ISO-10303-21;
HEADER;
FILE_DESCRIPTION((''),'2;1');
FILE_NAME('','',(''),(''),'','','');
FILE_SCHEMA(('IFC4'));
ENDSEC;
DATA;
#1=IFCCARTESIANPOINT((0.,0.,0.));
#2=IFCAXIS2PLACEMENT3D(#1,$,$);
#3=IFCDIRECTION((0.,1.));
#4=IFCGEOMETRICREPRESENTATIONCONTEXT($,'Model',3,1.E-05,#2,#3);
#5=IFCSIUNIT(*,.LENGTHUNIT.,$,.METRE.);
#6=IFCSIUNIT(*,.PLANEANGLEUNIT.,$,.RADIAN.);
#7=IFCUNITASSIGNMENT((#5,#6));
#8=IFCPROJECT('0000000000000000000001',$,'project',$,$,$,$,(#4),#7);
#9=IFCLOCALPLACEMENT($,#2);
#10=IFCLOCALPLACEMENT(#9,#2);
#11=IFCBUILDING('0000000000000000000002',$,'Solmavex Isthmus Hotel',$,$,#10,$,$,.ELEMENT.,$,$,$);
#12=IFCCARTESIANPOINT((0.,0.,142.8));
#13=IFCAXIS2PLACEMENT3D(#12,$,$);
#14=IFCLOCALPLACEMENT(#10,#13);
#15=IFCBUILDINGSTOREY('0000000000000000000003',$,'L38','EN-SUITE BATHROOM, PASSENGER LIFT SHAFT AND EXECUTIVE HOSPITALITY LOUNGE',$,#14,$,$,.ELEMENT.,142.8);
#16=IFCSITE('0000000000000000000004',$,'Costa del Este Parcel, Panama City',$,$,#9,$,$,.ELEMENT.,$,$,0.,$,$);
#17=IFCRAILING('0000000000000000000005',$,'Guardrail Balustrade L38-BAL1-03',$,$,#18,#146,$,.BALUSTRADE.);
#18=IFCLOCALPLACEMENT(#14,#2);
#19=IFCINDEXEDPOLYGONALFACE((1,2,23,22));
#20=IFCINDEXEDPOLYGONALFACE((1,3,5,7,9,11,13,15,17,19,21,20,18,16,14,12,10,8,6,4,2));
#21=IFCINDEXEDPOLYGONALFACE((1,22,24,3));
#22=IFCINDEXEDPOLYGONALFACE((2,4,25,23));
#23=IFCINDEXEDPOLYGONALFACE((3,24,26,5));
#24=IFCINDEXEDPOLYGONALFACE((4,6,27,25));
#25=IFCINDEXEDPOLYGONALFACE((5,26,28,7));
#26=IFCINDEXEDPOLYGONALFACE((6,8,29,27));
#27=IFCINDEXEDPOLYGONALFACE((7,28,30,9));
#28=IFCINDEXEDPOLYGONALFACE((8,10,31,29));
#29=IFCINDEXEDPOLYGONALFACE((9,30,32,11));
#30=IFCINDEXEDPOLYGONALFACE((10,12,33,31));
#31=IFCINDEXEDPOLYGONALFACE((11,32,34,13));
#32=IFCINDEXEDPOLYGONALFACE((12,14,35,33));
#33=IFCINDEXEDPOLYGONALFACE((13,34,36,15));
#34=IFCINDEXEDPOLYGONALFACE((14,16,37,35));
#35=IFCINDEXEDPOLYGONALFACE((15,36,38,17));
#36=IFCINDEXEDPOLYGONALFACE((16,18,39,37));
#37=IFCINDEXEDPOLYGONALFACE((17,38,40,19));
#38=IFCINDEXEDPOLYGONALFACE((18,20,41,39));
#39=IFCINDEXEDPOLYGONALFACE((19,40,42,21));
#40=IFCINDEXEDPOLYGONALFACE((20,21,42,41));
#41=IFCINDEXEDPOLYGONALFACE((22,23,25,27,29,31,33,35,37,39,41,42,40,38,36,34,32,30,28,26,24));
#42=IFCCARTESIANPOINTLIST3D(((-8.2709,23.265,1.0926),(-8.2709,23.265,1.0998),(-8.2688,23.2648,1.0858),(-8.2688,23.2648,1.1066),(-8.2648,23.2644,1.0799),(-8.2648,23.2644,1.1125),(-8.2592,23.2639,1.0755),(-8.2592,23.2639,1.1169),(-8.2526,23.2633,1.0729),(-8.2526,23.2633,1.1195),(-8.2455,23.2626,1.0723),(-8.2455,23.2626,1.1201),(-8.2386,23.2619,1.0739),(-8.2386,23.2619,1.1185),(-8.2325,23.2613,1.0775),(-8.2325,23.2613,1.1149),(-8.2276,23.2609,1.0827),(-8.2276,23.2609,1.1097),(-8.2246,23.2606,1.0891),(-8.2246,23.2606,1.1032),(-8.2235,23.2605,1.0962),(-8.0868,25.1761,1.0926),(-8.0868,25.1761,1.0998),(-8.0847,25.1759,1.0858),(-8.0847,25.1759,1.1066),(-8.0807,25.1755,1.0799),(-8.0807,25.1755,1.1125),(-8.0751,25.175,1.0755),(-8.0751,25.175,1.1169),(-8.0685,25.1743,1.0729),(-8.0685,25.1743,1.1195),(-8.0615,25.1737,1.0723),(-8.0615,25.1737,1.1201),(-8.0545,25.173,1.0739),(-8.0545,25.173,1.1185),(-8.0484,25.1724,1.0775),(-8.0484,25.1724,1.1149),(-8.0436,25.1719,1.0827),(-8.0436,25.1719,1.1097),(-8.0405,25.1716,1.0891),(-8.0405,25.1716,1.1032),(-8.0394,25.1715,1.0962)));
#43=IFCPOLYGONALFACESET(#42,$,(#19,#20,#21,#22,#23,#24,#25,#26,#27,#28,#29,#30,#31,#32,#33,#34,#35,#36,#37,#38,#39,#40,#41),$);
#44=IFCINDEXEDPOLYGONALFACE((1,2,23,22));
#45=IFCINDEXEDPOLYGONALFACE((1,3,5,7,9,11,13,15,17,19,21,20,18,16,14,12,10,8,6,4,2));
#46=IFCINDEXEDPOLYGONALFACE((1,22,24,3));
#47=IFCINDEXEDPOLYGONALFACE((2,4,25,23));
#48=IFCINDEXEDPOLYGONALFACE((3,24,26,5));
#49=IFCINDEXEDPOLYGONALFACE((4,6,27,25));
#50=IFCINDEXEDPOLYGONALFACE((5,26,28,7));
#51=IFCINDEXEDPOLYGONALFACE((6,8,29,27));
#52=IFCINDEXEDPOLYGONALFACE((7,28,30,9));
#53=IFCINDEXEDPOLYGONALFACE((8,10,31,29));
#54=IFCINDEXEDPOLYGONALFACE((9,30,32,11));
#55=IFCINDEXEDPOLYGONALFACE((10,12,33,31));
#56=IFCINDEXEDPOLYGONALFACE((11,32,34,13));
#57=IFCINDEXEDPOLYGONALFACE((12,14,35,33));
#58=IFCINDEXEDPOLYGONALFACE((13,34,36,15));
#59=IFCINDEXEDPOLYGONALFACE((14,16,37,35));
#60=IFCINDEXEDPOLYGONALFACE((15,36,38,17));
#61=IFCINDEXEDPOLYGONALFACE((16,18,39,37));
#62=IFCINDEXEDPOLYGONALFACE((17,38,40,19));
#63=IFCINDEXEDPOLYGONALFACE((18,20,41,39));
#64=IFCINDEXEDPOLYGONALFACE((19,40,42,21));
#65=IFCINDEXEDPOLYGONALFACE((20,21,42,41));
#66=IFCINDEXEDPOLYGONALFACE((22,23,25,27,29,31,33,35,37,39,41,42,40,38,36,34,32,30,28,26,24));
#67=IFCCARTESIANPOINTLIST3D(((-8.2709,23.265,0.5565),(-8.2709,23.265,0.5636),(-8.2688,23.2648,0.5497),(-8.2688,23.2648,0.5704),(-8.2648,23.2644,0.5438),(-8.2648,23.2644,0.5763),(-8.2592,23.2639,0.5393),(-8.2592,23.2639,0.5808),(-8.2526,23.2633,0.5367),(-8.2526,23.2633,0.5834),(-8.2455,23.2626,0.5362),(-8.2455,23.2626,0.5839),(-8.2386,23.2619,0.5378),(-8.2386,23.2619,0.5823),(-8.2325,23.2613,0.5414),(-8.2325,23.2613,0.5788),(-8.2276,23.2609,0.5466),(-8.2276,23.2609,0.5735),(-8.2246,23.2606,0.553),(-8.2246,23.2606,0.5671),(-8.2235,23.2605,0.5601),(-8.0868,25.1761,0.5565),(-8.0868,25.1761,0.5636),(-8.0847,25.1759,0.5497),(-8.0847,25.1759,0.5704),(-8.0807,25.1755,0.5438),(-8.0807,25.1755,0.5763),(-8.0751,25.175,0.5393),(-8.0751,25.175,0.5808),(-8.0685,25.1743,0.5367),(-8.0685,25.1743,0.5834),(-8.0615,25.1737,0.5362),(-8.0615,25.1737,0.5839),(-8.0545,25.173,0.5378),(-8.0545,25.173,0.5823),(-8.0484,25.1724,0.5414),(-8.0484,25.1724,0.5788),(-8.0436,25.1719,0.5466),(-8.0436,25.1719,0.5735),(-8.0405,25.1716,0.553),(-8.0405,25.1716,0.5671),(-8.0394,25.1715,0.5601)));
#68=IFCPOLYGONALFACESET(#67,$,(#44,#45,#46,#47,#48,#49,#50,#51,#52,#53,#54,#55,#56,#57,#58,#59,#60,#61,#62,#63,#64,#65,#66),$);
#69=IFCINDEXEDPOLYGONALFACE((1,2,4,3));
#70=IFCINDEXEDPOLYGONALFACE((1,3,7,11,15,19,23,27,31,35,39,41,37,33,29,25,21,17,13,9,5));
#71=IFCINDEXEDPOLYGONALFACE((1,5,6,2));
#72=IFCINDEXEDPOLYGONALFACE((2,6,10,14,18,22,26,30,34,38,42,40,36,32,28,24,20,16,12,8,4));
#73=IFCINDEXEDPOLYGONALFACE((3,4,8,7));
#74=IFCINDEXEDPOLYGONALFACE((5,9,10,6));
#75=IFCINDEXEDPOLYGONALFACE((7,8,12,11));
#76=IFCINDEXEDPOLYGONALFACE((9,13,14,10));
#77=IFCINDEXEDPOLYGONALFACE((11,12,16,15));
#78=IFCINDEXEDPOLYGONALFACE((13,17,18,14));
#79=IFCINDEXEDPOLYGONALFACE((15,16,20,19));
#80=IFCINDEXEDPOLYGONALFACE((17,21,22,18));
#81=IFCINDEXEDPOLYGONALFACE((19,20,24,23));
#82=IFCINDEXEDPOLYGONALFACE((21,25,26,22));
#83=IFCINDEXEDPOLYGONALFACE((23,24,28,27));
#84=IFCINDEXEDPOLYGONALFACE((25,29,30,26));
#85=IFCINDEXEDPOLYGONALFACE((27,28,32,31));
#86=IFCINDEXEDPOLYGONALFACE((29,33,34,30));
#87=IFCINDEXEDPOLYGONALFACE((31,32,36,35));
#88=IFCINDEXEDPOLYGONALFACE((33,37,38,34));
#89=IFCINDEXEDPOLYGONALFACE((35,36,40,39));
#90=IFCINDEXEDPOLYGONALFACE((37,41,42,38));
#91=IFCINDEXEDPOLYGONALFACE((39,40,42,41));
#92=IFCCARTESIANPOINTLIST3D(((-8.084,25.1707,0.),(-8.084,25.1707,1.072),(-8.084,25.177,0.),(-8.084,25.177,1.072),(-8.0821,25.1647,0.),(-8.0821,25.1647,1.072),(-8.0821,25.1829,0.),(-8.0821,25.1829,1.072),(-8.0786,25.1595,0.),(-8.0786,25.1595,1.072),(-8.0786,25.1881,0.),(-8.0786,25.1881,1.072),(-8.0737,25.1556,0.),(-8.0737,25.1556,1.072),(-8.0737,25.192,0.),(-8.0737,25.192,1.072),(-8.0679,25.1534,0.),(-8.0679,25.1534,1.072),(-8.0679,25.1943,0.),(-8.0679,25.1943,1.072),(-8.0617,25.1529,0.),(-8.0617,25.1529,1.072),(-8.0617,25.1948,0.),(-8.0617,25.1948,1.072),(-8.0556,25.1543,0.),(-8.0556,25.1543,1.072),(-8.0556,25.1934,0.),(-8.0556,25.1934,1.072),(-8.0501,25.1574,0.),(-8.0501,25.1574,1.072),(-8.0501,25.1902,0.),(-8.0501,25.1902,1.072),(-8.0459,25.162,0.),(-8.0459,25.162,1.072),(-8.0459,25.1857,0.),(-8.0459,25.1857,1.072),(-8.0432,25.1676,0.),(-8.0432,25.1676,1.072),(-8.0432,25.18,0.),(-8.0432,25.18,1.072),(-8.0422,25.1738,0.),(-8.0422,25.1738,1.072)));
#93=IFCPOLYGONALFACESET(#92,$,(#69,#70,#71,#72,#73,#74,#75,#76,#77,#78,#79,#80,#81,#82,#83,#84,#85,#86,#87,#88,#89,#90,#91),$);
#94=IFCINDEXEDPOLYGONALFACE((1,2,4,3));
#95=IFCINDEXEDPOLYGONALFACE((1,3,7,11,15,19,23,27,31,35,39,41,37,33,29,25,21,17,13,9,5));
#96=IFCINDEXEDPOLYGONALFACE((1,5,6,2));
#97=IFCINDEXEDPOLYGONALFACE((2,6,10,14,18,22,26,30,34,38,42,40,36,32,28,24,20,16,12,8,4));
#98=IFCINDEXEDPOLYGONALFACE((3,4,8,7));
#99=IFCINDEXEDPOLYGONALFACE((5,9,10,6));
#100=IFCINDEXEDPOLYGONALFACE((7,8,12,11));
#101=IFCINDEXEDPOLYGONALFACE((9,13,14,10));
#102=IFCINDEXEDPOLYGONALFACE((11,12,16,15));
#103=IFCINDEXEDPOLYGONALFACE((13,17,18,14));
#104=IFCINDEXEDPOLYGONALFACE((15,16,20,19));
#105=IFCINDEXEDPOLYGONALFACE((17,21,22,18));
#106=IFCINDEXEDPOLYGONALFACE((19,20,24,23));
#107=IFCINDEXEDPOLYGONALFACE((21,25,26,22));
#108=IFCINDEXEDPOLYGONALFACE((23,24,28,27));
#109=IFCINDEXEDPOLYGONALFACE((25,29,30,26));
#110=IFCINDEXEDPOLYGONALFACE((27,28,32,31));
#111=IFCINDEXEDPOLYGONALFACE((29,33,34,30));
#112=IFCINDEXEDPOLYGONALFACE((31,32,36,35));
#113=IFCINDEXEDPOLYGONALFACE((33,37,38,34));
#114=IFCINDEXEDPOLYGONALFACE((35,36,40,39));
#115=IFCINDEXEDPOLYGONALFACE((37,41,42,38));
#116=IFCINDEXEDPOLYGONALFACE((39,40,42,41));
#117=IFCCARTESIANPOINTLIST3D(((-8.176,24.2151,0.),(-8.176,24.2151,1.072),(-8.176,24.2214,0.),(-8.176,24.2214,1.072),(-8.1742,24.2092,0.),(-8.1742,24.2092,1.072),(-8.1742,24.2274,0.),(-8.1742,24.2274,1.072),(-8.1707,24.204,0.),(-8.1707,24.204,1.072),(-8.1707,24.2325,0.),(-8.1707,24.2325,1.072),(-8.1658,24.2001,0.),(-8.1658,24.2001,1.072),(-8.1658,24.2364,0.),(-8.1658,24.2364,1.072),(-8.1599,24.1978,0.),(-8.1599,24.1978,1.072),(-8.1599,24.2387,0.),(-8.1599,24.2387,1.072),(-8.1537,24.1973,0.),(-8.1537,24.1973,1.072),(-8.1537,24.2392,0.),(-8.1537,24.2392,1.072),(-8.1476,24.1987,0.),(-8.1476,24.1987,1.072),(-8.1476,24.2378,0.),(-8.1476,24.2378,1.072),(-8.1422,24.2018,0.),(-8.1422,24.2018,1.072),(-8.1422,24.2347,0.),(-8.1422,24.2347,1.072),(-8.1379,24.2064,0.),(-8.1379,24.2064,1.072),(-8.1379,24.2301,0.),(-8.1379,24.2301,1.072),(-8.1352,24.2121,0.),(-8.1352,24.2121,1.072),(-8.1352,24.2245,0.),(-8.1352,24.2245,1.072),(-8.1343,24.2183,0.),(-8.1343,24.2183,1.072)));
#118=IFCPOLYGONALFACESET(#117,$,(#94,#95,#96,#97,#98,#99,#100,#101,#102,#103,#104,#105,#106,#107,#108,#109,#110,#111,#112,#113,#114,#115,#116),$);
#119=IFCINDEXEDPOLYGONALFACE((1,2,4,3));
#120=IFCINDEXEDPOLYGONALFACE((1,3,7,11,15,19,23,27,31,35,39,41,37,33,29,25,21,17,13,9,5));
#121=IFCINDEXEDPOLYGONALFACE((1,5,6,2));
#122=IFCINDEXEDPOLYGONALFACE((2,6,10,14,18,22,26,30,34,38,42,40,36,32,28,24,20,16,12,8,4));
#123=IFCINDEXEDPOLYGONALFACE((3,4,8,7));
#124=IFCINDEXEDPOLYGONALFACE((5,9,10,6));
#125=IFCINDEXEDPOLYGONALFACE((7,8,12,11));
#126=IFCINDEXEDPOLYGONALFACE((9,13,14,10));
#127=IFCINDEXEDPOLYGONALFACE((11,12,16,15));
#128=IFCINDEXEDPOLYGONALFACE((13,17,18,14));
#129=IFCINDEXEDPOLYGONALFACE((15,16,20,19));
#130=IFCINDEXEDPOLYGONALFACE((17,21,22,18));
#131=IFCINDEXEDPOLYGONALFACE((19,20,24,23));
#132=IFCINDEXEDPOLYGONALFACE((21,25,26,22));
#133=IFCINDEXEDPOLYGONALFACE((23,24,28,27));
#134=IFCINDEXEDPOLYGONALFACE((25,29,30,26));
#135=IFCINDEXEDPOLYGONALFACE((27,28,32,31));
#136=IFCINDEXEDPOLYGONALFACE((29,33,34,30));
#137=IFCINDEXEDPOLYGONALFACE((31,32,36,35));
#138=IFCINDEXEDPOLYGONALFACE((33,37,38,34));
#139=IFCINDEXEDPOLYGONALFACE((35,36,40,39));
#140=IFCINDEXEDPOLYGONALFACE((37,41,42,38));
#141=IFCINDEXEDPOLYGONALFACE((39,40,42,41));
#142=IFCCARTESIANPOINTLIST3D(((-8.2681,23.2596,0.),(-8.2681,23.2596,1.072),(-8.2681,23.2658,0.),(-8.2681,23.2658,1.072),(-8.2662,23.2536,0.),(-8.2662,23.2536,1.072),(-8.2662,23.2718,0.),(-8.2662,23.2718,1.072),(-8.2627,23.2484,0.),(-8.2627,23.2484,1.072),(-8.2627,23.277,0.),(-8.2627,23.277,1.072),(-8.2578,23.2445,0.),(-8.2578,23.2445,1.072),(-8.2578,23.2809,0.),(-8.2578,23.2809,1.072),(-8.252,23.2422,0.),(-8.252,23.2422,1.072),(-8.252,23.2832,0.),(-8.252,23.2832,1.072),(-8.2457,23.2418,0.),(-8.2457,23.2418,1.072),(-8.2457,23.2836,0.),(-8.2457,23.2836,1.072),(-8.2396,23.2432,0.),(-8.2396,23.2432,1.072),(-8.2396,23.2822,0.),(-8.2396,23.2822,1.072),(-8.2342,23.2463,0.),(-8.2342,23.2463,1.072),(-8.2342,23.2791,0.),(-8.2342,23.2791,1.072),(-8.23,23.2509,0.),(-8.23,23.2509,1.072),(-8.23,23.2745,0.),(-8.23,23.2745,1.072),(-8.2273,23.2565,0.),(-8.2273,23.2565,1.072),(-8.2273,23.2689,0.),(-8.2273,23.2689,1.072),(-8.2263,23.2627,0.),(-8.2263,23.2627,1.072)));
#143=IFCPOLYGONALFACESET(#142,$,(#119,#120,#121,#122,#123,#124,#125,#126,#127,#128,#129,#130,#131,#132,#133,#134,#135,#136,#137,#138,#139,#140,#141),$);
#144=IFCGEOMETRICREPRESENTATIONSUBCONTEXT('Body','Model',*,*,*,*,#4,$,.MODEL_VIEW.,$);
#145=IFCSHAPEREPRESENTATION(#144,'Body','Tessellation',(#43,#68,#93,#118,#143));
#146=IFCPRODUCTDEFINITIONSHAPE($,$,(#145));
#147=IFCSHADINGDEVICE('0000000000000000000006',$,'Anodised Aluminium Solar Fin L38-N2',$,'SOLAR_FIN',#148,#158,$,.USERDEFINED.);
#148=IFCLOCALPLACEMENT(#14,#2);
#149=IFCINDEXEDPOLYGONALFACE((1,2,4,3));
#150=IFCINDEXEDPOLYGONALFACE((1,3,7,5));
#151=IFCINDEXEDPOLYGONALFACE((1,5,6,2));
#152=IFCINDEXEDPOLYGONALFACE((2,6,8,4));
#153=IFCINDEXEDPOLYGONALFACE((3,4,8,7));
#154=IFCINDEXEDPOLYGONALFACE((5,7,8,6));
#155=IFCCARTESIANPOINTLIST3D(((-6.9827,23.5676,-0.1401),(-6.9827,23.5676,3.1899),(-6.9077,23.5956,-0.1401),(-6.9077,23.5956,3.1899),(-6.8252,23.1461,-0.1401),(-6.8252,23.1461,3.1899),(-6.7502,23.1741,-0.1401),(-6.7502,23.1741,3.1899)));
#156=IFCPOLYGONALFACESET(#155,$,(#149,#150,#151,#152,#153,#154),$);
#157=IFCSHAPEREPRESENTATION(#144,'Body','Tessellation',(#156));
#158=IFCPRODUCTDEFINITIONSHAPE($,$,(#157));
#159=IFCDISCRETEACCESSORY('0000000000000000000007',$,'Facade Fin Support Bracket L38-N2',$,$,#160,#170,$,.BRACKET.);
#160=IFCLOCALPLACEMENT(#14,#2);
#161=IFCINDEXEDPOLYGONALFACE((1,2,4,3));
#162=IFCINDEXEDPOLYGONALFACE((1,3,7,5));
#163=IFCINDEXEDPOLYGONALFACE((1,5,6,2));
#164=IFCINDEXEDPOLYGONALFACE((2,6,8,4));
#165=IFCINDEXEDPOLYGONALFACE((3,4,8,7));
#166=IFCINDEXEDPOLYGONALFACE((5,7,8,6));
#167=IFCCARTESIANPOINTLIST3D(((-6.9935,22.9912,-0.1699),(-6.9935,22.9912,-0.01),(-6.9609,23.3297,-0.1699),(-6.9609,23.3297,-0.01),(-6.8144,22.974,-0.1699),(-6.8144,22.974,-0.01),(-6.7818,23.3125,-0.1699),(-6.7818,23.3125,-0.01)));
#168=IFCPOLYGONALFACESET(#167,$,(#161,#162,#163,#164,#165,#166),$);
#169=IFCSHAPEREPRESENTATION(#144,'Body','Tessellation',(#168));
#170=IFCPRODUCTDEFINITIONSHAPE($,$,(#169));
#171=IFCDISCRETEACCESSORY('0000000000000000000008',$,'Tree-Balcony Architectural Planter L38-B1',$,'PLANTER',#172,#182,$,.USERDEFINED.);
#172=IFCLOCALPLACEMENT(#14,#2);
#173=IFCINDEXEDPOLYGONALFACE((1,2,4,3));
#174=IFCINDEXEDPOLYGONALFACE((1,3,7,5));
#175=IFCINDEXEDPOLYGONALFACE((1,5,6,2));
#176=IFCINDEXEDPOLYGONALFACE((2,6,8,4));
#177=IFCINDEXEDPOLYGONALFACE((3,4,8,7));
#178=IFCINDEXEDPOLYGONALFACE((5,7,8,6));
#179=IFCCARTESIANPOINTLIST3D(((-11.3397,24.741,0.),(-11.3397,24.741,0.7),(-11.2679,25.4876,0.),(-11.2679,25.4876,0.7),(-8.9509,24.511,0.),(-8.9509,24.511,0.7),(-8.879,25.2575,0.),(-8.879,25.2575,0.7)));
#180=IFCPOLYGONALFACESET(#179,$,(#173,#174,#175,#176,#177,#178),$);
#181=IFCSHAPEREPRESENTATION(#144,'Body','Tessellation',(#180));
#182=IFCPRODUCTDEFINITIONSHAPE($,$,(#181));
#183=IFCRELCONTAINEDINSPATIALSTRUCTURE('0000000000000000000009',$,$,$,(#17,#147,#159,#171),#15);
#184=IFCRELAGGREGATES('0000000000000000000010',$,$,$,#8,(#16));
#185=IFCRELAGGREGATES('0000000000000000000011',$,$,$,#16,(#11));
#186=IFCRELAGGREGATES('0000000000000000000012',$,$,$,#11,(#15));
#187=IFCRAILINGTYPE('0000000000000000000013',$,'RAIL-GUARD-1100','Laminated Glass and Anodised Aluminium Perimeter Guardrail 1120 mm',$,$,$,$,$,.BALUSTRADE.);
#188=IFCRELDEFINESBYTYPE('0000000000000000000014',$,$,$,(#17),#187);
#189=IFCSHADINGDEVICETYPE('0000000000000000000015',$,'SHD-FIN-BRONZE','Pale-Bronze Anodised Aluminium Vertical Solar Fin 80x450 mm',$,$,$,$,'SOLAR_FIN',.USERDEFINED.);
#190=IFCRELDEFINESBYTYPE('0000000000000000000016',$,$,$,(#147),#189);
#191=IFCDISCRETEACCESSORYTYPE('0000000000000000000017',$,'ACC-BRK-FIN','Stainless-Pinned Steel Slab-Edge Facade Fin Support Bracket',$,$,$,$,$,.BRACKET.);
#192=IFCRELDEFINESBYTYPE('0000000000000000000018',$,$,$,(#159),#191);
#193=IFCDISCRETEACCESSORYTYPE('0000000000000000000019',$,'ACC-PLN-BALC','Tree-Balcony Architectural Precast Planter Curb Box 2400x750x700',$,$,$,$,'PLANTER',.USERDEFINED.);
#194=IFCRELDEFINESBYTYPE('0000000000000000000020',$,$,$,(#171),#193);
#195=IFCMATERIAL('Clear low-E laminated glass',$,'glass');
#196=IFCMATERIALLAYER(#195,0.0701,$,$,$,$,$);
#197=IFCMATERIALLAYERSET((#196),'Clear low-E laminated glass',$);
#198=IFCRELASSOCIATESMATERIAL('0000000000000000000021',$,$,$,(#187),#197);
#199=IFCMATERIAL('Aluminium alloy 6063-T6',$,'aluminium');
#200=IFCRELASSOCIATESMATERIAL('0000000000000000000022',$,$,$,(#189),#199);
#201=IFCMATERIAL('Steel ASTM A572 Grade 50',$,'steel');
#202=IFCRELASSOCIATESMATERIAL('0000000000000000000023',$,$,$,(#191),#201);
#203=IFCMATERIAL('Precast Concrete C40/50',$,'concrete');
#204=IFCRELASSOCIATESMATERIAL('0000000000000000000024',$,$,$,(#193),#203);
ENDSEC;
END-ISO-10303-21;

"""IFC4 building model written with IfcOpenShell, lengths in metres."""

from ifc_helpers import new_model, si_unit, direction, frame, origin, origin_2d, place, context, subcontext, project, spatial, rectangle, circle, extrude, material, layer, layer_set, type_object, element, save


model = new_model("IFC4")

# Units and contexts
model_context = context("Model", 3, precision=1e-05, world=origin(), true_north=direction((0.0, 1.0)))
body_context = subcontext(model_context, "Body", "Model", "MODEL_VIEW")
ifc_project = project(units=[si_unit("LENGTHUNIT", "METRE"), si_unit("PLANEANGLEUNIT", "RADIAN")], contexts=[model_context])

# Site, building, storey
site_placement = place(None, origin())
site = spatial("IfcSite", under=ifc_project, at=site_placement, Name="Costa del Este Parcel, Panama City", CompositionType="ELEMENT", RefElevation=0.0)
building_placement = place(site_placement, origin())
building = spatial("IfcBuilding", under=site, at=building_placement, Name="Solmavex Isthmus Hotel", CompositionType="ELEMENT")
storey_placement = place(building_placement, frame((0.0, 0.0, 142.8)))
storey = spatial("IfcBuildingStorey", under=building, at=storey_placement, Name="L38", Description="EN-SUITE BATHROOM, PASSENGER LIFT SHAFT AND EXECUTIVE HOSPITALITY LOUNGE", CompositionType="ELEMENT", Elevation=142.8)

# Shared definitions
ifc_material_1 = material(Name="Aluminium alloy 6063-T6", Category="aluminium")

# Shared definitions
ifc_material_2 = material(Name="Clear low-E laminated glass", Category="glass")

# Shared definitions
ifc_material_3 = material(Name="Precast Concrete C40/50", Category="concrete")

# Railing
ifc_layer_1 = layer(ifc_material_2, 0.0701)
ifc_layer_set_1 = layer_set([ifc_layer_1], Name="Clear low-E laminated glass")
railing_type = type_object("IfcRailingType", Name="RAIL-GUARD-1100", Description="Laminated Glass and Anodised Aluminium Perimeter Guardrail 1120 mm", PredefinedType="BALUSTRADE", material=ifc_layer_set_1)
railing_1_placement = place(storey_placement, frame((-8.0632, 25.1738, 0.0)))
element("IfcRailing", 1, at=railing_1_placement, inside=storey, type_object=railing_type, Name="Guardrail Balustrade L38-BAL1-03", PredefinedType="BALUSTRADE", context=body_context, shape_type="SweptSolid", body=[
    extrude(circle(Radius=0.0239, at=origin_2d()), frame((0.0, 0.0, 1.0962), z_axis=(-0.095877, -0.995393, 0.0), x_axis=(0.995393, -0.095877, 0.0)), (0.0, 0.0, 1.0), 1.9199),
    extrude(circle(Radius=0.0239, at=origin_2d()), frame((0.0, 0.0, 0.5601), z_axis=(-0.095877, -0.995393, 0.0), x_axis=(0.995393, -0.095877, 0.0)), (0.0, 0.0, 1.0), 1.9199),
    extrude(circle(Radius=0.021, at=origin_2d()), origin(), (0.0, 0.0, 1.0), 1.072),
    extrude(circle(Radius=0.021, at=origin_2d()), frame((-0.092, -0.9556, 0.0)), (0.0, 0.0, 1.0), 1.072),
    extrude(circle(Radius=0.021, at=origin_2d()), frame((-0.1841, -1.9111, 0.0)), (0.0, 0.0, 1.0), 1.072),
])

# Shading device
shading_device_type = type_object("IfcShadingDeviceType", Name="SHD-FIN-BRONZE", Description="Pale-Bronze Anodised Aluminium Vertical Solar Fin 80x450 mm", ElementType="SOLAR_FIN", PredefinedType="USERDEFINED", material=ifc_material_1)
shading_device_placement = place(storey_placement, frame((-6.8665, 23.3708, -0.1401), z_axis=(0.0, 0.0, 1.0), x_axis=(-0.350207, 0.936672, 0.0)))
element("IfcShadingDevice", 2, at=shading_device_placement, inside=storey, type_object=shading_device_type, Name="Anodised Aluminium Solar Fin L38-N2", ObjectType="SOLAR_FIN", PredefinedType="USERDEFINED", context=body_context, shape_type="SweptSolid", body=[
    extrude(rectangle(XDim=0.45, YDim=0.0801, at=origin_2d()), origin(), (0.0, 0.0, 1.0), 3.3301),
])

# Discrete accessories
ifc_material_4 = material(Name="Steel ASTM A572 Grade 50", Category="steel")
discrete_accessory_type_1 = type_object("IfcDiscreteAccessoryType", Name="ACC-BRK-FIN", Description="Stainless-Pinned Steel Slab-Edge Facade Fin Support Bracket", PredefinedType="BRACKET", material=ifc_material_4)
discrete_accessory_1_placement = place(storey_placement, frame((-6.8877, 23.1519, -0.1699), z_axis=(0.0, 0.0, 1.0), x_axis=(0.095846, 0.995396, 0.0)))
element("IfcDiscreteAccessory", 3, at=discrete_accessory_1_placement, inside=storey, type_object=discrete_accessory_type_1, Name="Facade Fin Support Bracket L38-N2", PredefinedType="BRACKET", context=body_context, shape_type="SweptSolid", body=[
    extrude(rectangle(XDim=0.3401, YDim=0.1799, at=origin_2d()), origin(), (0.0, 0.0, 1.0), 0.1599),
])
discrete_accessory_type_2 = type_object("IfcDiscreteAccessoryType", Name="ACC-PLN-BALC", Description="Tree-Balcony Architectural Precast Planter Curb Box 2400x750x700", ElementType="PLANTER", PredefinedType="USERDEFINED", material=ifc_material_3)
discrete_accessory_2_placement = place(storey_placement, frame((-10.1094, 24.9993, 0.0), z_axis=(0.0, 0.0, 1.0), x_axis=(0.995396, -0.095846, 0.0)))
element("IfcDiscreteAccessory", 4, at=discrete_accessory_2_placement, inside=storey, type_object=discrete_accessory_type_2, Name="Tree-Balcony Architectural Planter L38-B1", ObjectType="PLANTER", PredefinedType="USERDEFINED", context=body_context, shape_type="SweptSolid", body=[
    extrude(rectangle(XDim=2.3999, YDim=0.75, at=origin_2d()), origin(), (0.0, 0.0, 1.0), 0.7),
])

save(model, "model.ifc")
